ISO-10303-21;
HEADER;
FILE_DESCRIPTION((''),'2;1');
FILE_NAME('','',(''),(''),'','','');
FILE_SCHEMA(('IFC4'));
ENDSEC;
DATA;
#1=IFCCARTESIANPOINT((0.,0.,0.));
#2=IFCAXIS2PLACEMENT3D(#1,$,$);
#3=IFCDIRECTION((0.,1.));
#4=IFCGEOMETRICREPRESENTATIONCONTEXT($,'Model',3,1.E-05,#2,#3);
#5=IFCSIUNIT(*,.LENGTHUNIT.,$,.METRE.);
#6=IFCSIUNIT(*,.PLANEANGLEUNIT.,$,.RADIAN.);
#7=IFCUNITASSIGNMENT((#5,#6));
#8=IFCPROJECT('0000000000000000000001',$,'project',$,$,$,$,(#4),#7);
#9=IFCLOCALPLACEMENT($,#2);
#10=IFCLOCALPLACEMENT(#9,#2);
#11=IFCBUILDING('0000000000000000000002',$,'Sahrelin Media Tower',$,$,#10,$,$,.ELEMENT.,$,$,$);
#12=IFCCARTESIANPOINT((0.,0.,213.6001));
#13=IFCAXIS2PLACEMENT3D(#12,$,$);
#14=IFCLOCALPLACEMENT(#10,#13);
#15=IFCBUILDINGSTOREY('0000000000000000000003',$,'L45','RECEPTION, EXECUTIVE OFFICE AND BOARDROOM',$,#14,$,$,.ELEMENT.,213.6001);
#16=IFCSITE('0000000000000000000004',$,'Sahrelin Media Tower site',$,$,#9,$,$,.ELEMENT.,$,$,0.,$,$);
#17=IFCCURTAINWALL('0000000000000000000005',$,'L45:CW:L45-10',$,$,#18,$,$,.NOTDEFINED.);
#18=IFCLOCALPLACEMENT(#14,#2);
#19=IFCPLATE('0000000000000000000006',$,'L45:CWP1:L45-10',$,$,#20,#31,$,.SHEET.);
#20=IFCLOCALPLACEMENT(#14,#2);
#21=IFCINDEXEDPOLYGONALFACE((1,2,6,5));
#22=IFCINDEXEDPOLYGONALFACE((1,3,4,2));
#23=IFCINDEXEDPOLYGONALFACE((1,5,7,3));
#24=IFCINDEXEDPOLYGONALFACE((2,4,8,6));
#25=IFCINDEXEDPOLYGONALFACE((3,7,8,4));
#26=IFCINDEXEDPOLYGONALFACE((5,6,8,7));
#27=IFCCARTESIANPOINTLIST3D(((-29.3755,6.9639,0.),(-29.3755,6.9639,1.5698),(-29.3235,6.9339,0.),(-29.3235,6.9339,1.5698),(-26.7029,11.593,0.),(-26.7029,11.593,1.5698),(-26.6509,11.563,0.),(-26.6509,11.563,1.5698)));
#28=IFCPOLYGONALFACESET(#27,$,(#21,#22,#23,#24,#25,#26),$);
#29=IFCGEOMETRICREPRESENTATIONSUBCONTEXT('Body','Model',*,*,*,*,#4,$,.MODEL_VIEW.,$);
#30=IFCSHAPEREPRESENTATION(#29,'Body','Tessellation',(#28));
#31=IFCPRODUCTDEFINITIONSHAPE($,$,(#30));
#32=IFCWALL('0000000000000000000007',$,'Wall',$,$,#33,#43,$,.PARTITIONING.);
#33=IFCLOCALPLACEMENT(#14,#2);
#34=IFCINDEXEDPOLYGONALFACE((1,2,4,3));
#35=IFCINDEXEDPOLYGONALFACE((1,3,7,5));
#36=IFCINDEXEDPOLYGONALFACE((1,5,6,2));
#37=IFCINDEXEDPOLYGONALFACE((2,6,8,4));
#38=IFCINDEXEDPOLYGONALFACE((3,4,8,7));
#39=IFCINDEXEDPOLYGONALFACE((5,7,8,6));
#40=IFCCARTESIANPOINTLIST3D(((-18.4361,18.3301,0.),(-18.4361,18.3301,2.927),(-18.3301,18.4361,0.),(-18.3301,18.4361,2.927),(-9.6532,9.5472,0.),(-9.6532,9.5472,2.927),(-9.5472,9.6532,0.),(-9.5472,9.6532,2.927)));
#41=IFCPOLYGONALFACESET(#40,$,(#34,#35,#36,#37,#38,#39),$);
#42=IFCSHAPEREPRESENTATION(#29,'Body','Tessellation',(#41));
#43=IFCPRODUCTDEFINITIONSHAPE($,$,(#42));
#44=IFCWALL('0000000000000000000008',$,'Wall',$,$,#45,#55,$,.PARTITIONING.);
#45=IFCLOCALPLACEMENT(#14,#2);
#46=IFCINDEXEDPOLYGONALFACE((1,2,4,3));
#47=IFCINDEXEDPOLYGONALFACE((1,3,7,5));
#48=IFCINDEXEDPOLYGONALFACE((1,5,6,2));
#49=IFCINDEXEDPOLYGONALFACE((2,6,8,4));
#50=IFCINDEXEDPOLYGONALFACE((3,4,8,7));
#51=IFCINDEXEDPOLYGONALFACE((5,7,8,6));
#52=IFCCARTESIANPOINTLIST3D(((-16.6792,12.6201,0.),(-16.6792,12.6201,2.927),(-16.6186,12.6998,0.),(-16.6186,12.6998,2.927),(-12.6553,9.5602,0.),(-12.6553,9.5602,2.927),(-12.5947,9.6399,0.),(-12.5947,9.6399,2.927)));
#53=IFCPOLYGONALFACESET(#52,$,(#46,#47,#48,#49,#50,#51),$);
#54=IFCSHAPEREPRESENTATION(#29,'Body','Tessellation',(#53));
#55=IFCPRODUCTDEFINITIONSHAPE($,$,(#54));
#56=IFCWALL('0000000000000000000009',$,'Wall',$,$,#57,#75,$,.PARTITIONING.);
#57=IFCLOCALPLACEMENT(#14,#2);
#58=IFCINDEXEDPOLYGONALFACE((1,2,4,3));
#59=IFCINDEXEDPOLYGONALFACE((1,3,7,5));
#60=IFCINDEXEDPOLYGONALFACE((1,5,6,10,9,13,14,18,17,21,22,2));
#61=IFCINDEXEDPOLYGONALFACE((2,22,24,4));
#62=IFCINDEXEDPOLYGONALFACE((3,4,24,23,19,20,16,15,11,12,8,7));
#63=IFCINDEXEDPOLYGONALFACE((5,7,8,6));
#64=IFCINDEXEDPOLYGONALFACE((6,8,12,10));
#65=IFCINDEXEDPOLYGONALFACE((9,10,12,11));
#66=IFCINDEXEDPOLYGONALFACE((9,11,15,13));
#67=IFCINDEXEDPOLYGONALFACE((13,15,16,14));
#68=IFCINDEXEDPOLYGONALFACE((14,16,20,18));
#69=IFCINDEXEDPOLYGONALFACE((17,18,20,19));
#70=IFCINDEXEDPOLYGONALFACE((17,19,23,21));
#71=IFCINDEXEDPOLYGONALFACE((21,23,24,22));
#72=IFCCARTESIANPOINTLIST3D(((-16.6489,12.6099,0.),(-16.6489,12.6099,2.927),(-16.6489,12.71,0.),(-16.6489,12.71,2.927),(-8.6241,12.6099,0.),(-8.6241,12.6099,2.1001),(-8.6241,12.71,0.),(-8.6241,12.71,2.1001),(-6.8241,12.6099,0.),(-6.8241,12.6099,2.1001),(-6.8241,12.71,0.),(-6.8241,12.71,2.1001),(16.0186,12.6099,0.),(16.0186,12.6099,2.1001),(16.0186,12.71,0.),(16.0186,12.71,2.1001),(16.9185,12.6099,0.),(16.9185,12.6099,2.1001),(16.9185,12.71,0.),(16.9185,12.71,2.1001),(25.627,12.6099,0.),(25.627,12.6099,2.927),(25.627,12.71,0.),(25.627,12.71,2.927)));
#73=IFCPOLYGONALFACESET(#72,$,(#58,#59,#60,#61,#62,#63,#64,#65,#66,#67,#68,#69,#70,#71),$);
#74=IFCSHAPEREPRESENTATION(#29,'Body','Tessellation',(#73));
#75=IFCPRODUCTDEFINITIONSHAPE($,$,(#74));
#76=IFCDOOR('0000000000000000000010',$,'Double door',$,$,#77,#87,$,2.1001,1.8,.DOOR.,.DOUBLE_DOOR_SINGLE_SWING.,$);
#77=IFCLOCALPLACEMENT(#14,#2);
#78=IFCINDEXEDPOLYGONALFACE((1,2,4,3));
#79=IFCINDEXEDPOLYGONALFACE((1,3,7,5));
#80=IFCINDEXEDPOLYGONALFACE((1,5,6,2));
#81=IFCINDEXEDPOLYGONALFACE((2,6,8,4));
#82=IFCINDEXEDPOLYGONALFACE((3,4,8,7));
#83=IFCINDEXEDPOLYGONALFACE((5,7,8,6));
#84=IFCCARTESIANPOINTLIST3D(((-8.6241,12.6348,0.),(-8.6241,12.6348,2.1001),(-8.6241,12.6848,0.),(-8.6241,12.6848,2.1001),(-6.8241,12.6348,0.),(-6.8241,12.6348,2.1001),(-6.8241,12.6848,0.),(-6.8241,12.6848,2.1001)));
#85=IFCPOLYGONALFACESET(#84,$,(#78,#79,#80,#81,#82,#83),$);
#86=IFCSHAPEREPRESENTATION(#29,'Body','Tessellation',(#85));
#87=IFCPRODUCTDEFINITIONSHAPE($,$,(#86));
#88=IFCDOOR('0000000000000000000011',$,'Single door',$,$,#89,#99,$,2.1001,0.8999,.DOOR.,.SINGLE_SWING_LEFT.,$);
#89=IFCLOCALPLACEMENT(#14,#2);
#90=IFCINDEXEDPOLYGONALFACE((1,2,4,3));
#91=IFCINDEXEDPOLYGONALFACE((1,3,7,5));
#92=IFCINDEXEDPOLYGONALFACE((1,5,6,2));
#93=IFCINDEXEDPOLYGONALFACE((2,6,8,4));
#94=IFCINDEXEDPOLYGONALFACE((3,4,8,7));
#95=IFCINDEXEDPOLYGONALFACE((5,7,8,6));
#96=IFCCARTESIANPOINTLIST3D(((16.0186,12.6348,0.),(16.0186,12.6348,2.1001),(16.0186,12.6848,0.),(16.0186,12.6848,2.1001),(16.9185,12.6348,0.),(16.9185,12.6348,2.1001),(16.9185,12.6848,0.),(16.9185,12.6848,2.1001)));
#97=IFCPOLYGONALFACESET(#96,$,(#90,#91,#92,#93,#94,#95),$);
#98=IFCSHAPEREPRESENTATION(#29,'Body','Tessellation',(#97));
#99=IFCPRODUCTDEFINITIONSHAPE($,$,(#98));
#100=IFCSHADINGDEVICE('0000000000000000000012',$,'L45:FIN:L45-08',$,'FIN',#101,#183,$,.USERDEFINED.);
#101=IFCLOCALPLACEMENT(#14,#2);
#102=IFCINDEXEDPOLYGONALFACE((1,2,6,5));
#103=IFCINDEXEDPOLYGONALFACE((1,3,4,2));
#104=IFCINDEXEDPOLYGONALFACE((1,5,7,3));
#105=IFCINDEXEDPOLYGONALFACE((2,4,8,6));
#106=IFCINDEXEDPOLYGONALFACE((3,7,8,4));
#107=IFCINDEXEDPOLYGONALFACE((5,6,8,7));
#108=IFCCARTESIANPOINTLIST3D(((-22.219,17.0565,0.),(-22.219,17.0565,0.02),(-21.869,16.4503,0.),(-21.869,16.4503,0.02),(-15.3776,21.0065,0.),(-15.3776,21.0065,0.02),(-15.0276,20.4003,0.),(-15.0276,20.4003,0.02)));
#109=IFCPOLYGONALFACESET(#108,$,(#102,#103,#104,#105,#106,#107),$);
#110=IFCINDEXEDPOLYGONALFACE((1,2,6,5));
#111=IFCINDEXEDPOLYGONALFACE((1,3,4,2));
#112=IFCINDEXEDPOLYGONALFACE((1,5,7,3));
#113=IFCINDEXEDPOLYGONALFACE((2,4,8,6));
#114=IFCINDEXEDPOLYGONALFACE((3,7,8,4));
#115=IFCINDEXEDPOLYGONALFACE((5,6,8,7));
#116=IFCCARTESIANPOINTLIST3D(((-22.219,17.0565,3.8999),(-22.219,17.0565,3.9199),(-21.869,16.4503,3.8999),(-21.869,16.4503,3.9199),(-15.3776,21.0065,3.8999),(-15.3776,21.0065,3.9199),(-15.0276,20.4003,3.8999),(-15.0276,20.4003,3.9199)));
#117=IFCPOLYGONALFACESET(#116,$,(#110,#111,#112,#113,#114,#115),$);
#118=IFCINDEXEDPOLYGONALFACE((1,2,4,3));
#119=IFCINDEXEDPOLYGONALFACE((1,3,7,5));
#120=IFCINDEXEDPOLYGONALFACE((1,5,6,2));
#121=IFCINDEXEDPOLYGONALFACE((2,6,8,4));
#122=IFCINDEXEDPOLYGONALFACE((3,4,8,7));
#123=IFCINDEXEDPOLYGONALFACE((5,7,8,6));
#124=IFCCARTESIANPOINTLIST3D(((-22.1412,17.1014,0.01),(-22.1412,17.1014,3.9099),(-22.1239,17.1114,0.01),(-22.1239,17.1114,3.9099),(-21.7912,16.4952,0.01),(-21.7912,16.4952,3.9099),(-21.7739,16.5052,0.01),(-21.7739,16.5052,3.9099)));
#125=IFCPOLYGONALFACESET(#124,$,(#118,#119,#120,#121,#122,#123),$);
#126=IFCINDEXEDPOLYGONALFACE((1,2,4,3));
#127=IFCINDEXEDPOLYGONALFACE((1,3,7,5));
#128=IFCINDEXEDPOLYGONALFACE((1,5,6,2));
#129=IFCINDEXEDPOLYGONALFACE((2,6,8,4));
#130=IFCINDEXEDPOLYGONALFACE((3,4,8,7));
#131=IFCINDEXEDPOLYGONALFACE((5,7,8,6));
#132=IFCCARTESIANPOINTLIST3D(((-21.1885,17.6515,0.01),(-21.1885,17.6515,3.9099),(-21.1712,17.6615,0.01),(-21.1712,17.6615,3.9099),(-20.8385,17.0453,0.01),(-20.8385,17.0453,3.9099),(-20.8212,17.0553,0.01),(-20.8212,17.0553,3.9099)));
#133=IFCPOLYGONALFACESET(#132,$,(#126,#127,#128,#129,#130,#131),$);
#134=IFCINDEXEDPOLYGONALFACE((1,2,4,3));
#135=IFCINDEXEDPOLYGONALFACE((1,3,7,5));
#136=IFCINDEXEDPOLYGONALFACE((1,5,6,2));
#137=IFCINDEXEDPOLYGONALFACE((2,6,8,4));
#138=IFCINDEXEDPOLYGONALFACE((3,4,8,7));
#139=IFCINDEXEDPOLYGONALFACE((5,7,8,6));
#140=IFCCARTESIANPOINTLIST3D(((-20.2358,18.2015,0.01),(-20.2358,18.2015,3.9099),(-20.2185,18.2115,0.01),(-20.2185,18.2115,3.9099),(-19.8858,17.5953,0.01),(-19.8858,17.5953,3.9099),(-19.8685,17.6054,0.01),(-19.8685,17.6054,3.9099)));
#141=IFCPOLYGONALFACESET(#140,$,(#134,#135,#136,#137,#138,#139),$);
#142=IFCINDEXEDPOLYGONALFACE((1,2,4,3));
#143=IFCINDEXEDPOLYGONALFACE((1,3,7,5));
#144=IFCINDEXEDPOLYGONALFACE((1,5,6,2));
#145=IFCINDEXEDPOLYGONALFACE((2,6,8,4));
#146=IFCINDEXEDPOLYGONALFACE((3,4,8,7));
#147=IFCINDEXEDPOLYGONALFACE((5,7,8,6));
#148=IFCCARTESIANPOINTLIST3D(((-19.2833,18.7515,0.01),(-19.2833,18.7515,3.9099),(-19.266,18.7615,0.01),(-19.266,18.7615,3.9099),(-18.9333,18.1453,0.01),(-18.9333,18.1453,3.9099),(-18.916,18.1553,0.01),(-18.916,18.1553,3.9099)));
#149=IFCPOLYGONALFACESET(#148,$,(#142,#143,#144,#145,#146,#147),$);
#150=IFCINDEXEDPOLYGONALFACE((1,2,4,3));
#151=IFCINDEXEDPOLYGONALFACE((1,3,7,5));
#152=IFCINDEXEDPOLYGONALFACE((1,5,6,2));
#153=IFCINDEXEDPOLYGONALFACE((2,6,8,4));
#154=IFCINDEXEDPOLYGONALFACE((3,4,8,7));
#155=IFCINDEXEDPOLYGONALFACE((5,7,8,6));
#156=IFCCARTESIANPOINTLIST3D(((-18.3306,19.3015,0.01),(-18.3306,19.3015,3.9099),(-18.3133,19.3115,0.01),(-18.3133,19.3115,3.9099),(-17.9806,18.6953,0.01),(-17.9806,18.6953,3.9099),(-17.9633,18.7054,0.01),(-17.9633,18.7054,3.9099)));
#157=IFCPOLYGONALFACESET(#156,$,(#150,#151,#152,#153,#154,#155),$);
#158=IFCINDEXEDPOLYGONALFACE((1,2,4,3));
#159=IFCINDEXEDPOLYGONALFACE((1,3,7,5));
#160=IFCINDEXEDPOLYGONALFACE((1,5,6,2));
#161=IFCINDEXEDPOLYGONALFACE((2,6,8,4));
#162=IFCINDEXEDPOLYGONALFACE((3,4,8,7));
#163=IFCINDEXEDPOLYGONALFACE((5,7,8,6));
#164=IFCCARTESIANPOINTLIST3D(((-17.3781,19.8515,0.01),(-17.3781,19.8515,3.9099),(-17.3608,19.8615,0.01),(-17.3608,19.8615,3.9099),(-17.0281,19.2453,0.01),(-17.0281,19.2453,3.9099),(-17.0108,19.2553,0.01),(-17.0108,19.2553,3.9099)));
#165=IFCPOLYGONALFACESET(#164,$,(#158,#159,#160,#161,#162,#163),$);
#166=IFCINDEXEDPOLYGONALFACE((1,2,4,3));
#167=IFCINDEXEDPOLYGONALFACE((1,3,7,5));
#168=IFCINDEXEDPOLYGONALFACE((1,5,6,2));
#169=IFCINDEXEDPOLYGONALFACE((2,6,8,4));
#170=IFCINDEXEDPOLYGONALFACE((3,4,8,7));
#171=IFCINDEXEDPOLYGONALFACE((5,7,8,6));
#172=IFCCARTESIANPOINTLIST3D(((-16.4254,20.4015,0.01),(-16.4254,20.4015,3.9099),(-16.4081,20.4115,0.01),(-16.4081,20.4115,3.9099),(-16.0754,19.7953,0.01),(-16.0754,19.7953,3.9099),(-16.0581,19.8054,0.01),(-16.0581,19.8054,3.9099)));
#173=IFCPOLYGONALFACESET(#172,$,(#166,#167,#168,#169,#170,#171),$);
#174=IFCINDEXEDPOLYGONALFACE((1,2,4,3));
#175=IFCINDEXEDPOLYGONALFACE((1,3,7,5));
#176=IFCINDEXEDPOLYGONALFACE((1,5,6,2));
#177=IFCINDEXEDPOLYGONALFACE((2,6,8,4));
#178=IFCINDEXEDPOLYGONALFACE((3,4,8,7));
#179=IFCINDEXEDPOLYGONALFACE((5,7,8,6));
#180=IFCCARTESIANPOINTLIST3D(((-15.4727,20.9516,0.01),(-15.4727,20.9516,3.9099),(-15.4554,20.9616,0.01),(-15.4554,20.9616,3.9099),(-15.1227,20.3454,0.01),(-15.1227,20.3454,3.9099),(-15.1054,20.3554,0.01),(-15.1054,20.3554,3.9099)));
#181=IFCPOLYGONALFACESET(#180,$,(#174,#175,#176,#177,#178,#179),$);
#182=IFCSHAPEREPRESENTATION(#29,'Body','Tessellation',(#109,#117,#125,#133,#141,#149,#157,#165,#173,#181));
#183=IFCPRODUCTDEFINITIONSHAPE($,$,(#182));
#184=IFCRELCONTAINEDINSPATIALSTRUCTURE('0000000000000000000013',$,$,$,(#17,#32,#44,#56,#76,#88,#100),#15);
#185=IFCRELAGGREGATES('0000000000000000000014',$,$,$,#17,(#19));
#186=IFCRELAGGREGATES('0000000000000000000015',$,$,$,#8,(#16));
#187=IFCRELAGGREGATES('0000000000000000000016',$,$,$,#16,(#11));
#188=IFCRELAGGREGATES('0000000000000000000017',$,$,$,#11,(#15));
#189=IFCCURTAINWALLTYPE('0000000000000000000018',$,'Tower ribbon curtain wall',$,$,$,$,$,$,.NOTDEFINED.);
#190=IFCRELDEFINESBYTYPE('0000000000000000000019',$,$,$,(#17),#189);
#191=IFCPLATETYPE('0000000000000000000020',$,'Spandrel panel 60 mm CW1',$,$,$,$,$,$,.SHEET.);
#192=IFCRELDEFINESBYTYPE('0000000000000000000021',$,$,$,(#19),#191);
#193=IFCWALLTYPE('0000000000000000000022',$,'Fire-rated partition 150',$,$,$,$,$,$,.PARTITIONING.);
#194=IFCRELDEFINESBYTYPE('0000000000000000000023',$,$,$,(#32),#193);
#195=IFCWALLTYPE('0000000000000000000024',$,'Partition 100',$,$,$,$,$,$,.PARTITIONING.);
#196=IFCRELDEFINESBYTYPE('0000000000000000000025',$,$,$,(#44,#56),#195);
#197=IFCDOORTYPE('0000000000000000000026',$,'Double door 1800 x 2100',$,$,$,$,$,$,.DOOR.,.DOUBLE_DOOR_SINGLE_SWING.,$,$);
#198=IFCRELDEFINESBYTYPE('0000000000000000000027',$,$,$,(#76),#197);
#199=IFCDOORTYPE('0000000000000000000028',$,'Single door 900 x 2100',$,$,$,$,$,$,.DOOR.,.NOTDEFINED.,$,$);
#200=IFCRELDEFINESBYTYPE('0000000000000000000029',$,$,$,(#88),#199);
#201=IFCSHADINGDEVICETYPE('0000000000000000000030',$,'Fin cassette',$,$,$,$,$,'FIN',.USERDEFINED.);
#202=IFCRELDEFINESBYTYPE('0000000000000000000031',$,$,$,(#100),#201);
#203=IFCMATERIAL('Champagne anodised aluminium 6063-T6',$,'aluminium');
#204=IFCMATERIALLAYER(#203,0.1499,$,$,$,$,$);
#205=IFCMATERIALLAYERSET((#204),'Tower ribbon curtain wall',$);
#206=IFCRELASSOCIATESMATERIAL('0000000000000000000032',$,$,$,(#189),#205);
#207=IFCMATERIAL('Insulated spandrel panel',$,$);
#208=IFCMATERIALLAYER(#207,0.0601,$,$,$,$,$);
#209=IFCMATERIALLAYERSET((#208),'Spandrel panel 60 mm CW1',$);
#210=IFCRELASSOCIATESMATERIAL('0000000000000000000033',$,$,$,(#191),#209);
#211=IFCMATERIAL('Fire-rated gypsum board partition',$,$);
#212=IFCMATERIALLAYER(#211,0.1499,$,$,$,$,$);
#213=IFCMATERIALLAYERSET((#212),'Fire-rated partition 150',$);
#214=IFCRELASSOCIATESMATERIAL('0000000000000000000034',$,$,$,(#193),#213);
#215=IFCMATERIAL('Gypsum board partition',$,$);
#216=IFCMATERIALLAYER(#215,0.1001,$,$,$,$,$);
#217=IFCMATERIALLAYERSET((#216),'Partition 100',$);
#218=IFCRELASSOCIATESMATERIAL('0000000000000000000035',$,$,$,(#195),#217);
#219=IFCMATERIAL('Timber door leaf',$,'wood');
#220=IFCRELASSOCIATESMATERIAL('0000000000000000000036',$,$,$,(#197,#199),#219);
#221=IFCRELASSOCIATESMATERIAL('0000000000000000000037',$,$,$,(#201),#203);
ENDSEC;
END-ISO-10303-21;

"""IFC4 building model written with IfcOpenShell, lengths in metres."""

from ifc_helpers import new_model, si_unit, direction, frame, frame_2d, origin, origin_2d, place, context, subcontext, project, spatial, polyline, rectangle, outline, extrude, material, layer, layer_set, type_object, element, fill, aggregate, save


model = new_model("IFC4")

# Units and contexts
model_context = context("Model", 3, precision=1e-05, world=origin(), true_north=direction((0.0, 1.0)))
body_context = subcontext(model_context, "Body", "Model", "MODEL_VIEW")
ifc_project = project(units=[si_unit("LENGTHUNIT", "METRE"), si_unit("PLANEANGLEUNIT", "RADIAN")], contexts=[model_context])

# Site, building, storey
site_placement = place(None, origin())
site = spatial("IfcSite", under=ifc_project, at=site_placement, Name="Sahrelin Media Tower site", CompositionType="ELEMENT", RefElevation=0.0)
building_placement = place(site_placement, origin())
building = spatial("IfcBuilding", under=site, at=building_placement, Name="Sahrelin Media Tower", CompositionType="ELEMENT")
storey_placement = place(building_placement, frame((0.0, 0.0, 213.6001)))
storey = spatial("IfcBuildingStorey", under=building, at=storey_placement, Name="L45", Description="RECEPTION, EXECUTIVE OFFICE AND BOARDROOM", CompositionType="ELEMENT", Elevation=213.6001)

# Shared definitions
ifc_material_1 = material(Name="Champagne anodised aluminium 6063-T6", Category="aluminium")
ifc_layer_1 = layer(ifc_material_1, 0.1499)
ifc_layer_set_1 = layer_set([ifc_layer_1], Name="Tower ribbon curtain wall")
curtain_wall_type = type_object("IfcCurtainWallType", Name="Tower ribbon curtain wall", PredefinedType="NOTDEFINED", material=ifc_layer_set_1)

# Curtain wall
curtain_wall_1_placement = place(storey_placement, frame((-28.022, 9.2683, 0.0), z_axis=(0.0, 0.0, 1.0), x_axis=(1.0, 0.0, 0.0)))
curtain_wall_1 = element("IfcCurtainWall", 1, at=curtain_wall_1_placement, inside=storey, type_object=curtain_wall_type, Name="L45:CW:L45-10", PredefinedType="NOTDEFINED")

# Plate
ifc_material_2 = material(Name="Insulated spandrel panel")
ifc_layer_2 = layer(ifc_material_2, 0.0601)
ifc_layer_set_2 = layer_set([ifc_layer_2], Name="Spandrel panel 60 mm CW1")
plate_type_1 = type_object("IfcPlateType", Name="Spandrel panel 60 mm CW1", PredefinedType="SHEET", material=ifc_layer_set_2)
plate_1_placement = place(storey_placement, frame((-26.7029, 11.593, 0.0), z_axis=(-0.866028, 0.499995, 0.0), x_axis=(-0.499995, -0.866028, 0.0)))
plate_1 = element("IfcPlate", 2, at=plate_1_placement, type_object=plate_type_1, Name="L45:CWP1:L45-10", PredefinedType="SHEET", context=body_context, shape_type="SweptSolid", body=[
    extrude(outline(polyline([(0.0, 0.0), (5.3452, 0.0), (5.3452, 1.5698), (0.0, 1.5698), (0.0, 0.0)])), origin(), (0.0, 0.0, -1.0), 0.0601),
])
aggregate(curtain_wall_1, [plate_1])

# Walls
ifc_material_3 = material(Name="Fire-rated gypsum board partition")
ifc_layer_3 = layer(ifc_material_3, 0.1499)
ifc_layer_set_3 = layer_set([ifc_layer_3], Name="Fire-rated partition 150")
wall_type_1 = type_object("IfcWallType", Name="Fire-rated partition 150", PredefinedType="PARTITIONING", material=ifc_layer_set_3)
wall_1_placement = place(storey_placement, frame((-18.3831, 18.3831, 0.0), z_axis=(0.0, 0.0, 1.0), x_axis=(0.707107, -0.707107, 0.0)))
element("IfcWall", 3, at=wall_1_placement, inside=storey, type_object=wall_type_1, Name="Wall", PredefinedType="PARTITIONING", context=body_context, shape_type="SweptSolid", body=[
    extrude(rectangle(XDim=12.4209, YDim=0.1499, at=frame_2d((6.2104, 0.0))), origin(), (0.0, 0.0, 1.0), 2.927),
])
ifc_material_4 = material(Name="Gypsum board partition")
ifc_layer_4 = layer(ifc_material_4, 0.1001)
ifc_layer_set_4 = layer_set([ifc_layer_4], Name="Partition 100")
wall_type_2 = type_object("IfcWallType", Name="Partition 100", PredefinedType="PARTITIONING", material=ifc_layer_set_4)
wall_2_placement = place(storey_placement, frame((-16.6489, 12.6599, 0.0), z_axis=(0.0, 0.0, 1.0), x_axis=(0.796007, -0.605288, 0.0)))
element("IfcWall", 4, at=wall_2_placement, inside=storey, type_object=wall_type_2, Name="Wall", PredefinedType="PARTITIONING", context=body_context, shape_type="SweptSolid", body=[
    extrude(rectangle(XDim=5.0552, YDim=0.1001, at=frame_2d((2.5276, 0.0))), origin(), (0.0, 0.0, 1.0), 2.927),
])

# Wall, openings, doors
wall_3_placement = place(storey_placement, frame((-16.6489, 12.6599, 0.0), z_axis=(0.0, 0.0, 1.0), x_axis=(1.0, 0.0, 0.0)))
wall_3 = element("IfcWall", 5, at=wall_3_placement, inside=storey, type_object=wall_type_2, Name="Wall", PredefinedType="PARTITIONING", context=body_context, shape_type="SweptSolid", body=[
    extrude(rectangle(XDim=42.2759, YDim=0.1001, at=frame_2d((21.1379, 0.0))), origin(), (0.0, 0.0, 1.0), 2.927),
])
opening_1_placement = place(wall_3_placement, frame((8.0249, 0.0, 0.0)))
opening_1 = element("IfcOpeningElement", 6, at=opening_1_placement, cuts=wall_3, PredefinedType="OPENING", context=body_context, shape_type="SweptSolid", body=[
    extrude(rectangle(XDim=1.8, YDim=2.1001, at=frame_2d((0.8999, 1.05))), frame((0.0, 0.05, 0.0), z_axis=(0.0, -1.0, 0.0), x_axis=(1.0, 0.0, 0.0)), (0.0, 0.0, 1.0), 0.1001),
])
opening_2_placement = place(wall_3_placement, frame((32.6675, 0.0, 0.0)))
opening_2 = element("IfcOpeningElement", 7, at=opening_2_placement, cuts=wall_3, PredefinedType="OPENING", context=body_context, shape_type="SweptSolid", body=[
    extrude(rectangle(XDim=0.8999, YDim=2.1001, at=frame_2d((0.45, 1.05))), frame((0.0, 0.05, 0.0), z_axis=(0.0, -1.0, 0.0), x_axis=(1.0, 0.0, 0.0)), (0.0, 0.0, 1.0), 0.1001),
])
ifc_material_5 = material(Name="Timber door leaf", Category="wood")
door_type_1 = type_object("IfcDoorType", Name="Double door 1800 x 2100", OperationType="DOUBLE_DOOR_SINGLE_SWING", PredefinedType="DOOR", material=ifc_material_5)
door_1_placement = place(opening_1_placement, origin())
door_1 = element("IfcDoor", 8, at=door_1_placement, inside=storey, type_object=door_type_1, Name="Double door", OperationType="DOUBLE_DOOR_SINGLE_SWING", OverallHeight=2.1001, OverallWidth=1.8, PredefinedType="DOOR", context=body_context, shape_type="SweptSolid", body=[
    extrude(rectangle(XDim=1.8, YDim=2.1001, at=frame_2d((0.8999, 1.05))), frame((0.0, 0.0249, 0.0), z_axis=(0.0, -1.0, 0.0), x_axis=(1.0, 0.0, 0.0)), (0.0, 0.0, 1.0), 0.05),
])
fill(opening_1, door_1)
door_type_2 = type_object("IfcDoorType", Name="Single door 900 x 2100", OperationType="NOTDEFINED", PredefinedType="DOOR", material=ifc_material_5)
door_2_placement = place(opening_2_placement, origin())
door_2 = element("IfcDoor", 9, at=door_2_placement, inside=storey, type_object=door_type_2, Name="Single door", OperationType="SINGLE_SWING_LEFT", OverallHeight=2.1001, OverallWidth=0.8999, PredefinedType="DOOR", context=body_context, shape_type="SweptSolid", body=[
    extrude(rectangle(XDim=0.8999, YDim=2.1001, at=frame_2d((0.45, 1.05))), frame((0.0, 0.0249, 0.0), z_axis=(0.0, -1.0, 0.0), x_axis=(1.0, 0.0, 0.0)), (0.0, 0.0, 1.0), 0.05),
])
fill(opening_2, door_2)

# Shading device
shading_device_type_1 = type_object("IfcShadingDeviceType", Name="Fin cassette", ElementType="FIN", PredefinedType="USERDEFINED", material=ifc_material_1)
placement_1 = place(storey_placement, frame((-18.4133, 18.3647, 0.0), z_axis=(0.0, 0.0, 1.0), x_axis=(0.866019, 0.500011, 0.0)))
element("IfcShadingDevice", 10, at=placement_1, inside=storey, type_object=shading_device_type_1, Name="L45:FIN:L45-08", ObjectType="FIN", PredefinedType="USERDEFINED", context=body_context, shape_type="SweptSolid", body=[
    extrude(rectangle(XDim=7.8999, YDim=0.7, at=origin_2d()), frame((0.0, 0.4199, 0.0)), (0.0, 0.0, 1.0), 0.02),
    extrude(rectangle(XDim=7.8999, YDim=0.7, at=origin_2d()), frame((0.0, 0.4199, 3.8999)), (0.0, 0.0, 1.0), 0.02),
    extrude(rectangle(XDim=0.02, YDim=0.7, at=origin_2d()), frame((-3.8501, 0.4199, 0.01), z_axis=(0.0, 0.0, 1.0), x_axis=(1.0, 0.0, 0.0)), (0.0, 0.0, 1.0), 3.8999),
    extrude(rectangle(XDim=0.02, YDim=0.7, at=origin_2d()), frame((-2.75, 0.4199, 0.01), z_axis=(0.0, 0.0, 1.0), x_axis=(1.0, 0.0, 0.0)), (0.0, 0.0, 1.0), 3.8999),
    extrude(rectangle(XDim=0.02, YDim=0.7, at=origin_2d()), frame((-1.6499, 0.4199, 0.01), z_axis=(0.0, 0.0, 1.0), x_axis=(1.0, 0.0, 0.0)), (0.0, 0.0, 1.0), 3.8999),
    extrude(rectangle(XDim=0.02, YDim=0.7, at=origin_2d()), frame((-0.55, 0.4199, 0.01), z_axis=(0.0, 0.0, 1.0), x_axis=(1.0, 0.0, 0.0)), (0.0, 0.0, 1.0), 3.8999),
    extrude(rectangle(XDim=0.02, YDim=0.7, at=origin_2d()), frame((0.55, 0.4199, 0.01), z_axis=(0.0, 0.0, 1.0), x_axis=(1.0, 0.0, 0.0)), (0.0, 0.0, 1.0), 3.8999),
    extrude(rectangle(XDim=0.02, YDim=0.7, at=origin_2d()), frame((1.6499, 0.4199, 0.01), z_axis=(0.0, 0.0, 1.0), x_axis=(1.0, 0.0, 0.0)), (0.0, 0.0, 1.0), 3.8999),
    extrude(rectangle(XDim=0.02, YDim=0.7, at=origin_2d()), frame((2.75, 0.4199, 0.01), z_axis=(0.0, 0.0, 1.0), x_axis=(1.0, 0.0, 0.0)), (0.0, 0.0, 1.0), 3.8999),
    extrude(rectangle(XDim=0.02, YDim=0.7, at=origin_2d()), frame((3.8501, 0.4199, 0.01), z_axis=(0.0, 0.0, 1.0), x_axis=(1.0, 0.0, 0.0)), (0.0, 0.0, 1.0), 3.8999),
])

save(model, "model.ifc")
